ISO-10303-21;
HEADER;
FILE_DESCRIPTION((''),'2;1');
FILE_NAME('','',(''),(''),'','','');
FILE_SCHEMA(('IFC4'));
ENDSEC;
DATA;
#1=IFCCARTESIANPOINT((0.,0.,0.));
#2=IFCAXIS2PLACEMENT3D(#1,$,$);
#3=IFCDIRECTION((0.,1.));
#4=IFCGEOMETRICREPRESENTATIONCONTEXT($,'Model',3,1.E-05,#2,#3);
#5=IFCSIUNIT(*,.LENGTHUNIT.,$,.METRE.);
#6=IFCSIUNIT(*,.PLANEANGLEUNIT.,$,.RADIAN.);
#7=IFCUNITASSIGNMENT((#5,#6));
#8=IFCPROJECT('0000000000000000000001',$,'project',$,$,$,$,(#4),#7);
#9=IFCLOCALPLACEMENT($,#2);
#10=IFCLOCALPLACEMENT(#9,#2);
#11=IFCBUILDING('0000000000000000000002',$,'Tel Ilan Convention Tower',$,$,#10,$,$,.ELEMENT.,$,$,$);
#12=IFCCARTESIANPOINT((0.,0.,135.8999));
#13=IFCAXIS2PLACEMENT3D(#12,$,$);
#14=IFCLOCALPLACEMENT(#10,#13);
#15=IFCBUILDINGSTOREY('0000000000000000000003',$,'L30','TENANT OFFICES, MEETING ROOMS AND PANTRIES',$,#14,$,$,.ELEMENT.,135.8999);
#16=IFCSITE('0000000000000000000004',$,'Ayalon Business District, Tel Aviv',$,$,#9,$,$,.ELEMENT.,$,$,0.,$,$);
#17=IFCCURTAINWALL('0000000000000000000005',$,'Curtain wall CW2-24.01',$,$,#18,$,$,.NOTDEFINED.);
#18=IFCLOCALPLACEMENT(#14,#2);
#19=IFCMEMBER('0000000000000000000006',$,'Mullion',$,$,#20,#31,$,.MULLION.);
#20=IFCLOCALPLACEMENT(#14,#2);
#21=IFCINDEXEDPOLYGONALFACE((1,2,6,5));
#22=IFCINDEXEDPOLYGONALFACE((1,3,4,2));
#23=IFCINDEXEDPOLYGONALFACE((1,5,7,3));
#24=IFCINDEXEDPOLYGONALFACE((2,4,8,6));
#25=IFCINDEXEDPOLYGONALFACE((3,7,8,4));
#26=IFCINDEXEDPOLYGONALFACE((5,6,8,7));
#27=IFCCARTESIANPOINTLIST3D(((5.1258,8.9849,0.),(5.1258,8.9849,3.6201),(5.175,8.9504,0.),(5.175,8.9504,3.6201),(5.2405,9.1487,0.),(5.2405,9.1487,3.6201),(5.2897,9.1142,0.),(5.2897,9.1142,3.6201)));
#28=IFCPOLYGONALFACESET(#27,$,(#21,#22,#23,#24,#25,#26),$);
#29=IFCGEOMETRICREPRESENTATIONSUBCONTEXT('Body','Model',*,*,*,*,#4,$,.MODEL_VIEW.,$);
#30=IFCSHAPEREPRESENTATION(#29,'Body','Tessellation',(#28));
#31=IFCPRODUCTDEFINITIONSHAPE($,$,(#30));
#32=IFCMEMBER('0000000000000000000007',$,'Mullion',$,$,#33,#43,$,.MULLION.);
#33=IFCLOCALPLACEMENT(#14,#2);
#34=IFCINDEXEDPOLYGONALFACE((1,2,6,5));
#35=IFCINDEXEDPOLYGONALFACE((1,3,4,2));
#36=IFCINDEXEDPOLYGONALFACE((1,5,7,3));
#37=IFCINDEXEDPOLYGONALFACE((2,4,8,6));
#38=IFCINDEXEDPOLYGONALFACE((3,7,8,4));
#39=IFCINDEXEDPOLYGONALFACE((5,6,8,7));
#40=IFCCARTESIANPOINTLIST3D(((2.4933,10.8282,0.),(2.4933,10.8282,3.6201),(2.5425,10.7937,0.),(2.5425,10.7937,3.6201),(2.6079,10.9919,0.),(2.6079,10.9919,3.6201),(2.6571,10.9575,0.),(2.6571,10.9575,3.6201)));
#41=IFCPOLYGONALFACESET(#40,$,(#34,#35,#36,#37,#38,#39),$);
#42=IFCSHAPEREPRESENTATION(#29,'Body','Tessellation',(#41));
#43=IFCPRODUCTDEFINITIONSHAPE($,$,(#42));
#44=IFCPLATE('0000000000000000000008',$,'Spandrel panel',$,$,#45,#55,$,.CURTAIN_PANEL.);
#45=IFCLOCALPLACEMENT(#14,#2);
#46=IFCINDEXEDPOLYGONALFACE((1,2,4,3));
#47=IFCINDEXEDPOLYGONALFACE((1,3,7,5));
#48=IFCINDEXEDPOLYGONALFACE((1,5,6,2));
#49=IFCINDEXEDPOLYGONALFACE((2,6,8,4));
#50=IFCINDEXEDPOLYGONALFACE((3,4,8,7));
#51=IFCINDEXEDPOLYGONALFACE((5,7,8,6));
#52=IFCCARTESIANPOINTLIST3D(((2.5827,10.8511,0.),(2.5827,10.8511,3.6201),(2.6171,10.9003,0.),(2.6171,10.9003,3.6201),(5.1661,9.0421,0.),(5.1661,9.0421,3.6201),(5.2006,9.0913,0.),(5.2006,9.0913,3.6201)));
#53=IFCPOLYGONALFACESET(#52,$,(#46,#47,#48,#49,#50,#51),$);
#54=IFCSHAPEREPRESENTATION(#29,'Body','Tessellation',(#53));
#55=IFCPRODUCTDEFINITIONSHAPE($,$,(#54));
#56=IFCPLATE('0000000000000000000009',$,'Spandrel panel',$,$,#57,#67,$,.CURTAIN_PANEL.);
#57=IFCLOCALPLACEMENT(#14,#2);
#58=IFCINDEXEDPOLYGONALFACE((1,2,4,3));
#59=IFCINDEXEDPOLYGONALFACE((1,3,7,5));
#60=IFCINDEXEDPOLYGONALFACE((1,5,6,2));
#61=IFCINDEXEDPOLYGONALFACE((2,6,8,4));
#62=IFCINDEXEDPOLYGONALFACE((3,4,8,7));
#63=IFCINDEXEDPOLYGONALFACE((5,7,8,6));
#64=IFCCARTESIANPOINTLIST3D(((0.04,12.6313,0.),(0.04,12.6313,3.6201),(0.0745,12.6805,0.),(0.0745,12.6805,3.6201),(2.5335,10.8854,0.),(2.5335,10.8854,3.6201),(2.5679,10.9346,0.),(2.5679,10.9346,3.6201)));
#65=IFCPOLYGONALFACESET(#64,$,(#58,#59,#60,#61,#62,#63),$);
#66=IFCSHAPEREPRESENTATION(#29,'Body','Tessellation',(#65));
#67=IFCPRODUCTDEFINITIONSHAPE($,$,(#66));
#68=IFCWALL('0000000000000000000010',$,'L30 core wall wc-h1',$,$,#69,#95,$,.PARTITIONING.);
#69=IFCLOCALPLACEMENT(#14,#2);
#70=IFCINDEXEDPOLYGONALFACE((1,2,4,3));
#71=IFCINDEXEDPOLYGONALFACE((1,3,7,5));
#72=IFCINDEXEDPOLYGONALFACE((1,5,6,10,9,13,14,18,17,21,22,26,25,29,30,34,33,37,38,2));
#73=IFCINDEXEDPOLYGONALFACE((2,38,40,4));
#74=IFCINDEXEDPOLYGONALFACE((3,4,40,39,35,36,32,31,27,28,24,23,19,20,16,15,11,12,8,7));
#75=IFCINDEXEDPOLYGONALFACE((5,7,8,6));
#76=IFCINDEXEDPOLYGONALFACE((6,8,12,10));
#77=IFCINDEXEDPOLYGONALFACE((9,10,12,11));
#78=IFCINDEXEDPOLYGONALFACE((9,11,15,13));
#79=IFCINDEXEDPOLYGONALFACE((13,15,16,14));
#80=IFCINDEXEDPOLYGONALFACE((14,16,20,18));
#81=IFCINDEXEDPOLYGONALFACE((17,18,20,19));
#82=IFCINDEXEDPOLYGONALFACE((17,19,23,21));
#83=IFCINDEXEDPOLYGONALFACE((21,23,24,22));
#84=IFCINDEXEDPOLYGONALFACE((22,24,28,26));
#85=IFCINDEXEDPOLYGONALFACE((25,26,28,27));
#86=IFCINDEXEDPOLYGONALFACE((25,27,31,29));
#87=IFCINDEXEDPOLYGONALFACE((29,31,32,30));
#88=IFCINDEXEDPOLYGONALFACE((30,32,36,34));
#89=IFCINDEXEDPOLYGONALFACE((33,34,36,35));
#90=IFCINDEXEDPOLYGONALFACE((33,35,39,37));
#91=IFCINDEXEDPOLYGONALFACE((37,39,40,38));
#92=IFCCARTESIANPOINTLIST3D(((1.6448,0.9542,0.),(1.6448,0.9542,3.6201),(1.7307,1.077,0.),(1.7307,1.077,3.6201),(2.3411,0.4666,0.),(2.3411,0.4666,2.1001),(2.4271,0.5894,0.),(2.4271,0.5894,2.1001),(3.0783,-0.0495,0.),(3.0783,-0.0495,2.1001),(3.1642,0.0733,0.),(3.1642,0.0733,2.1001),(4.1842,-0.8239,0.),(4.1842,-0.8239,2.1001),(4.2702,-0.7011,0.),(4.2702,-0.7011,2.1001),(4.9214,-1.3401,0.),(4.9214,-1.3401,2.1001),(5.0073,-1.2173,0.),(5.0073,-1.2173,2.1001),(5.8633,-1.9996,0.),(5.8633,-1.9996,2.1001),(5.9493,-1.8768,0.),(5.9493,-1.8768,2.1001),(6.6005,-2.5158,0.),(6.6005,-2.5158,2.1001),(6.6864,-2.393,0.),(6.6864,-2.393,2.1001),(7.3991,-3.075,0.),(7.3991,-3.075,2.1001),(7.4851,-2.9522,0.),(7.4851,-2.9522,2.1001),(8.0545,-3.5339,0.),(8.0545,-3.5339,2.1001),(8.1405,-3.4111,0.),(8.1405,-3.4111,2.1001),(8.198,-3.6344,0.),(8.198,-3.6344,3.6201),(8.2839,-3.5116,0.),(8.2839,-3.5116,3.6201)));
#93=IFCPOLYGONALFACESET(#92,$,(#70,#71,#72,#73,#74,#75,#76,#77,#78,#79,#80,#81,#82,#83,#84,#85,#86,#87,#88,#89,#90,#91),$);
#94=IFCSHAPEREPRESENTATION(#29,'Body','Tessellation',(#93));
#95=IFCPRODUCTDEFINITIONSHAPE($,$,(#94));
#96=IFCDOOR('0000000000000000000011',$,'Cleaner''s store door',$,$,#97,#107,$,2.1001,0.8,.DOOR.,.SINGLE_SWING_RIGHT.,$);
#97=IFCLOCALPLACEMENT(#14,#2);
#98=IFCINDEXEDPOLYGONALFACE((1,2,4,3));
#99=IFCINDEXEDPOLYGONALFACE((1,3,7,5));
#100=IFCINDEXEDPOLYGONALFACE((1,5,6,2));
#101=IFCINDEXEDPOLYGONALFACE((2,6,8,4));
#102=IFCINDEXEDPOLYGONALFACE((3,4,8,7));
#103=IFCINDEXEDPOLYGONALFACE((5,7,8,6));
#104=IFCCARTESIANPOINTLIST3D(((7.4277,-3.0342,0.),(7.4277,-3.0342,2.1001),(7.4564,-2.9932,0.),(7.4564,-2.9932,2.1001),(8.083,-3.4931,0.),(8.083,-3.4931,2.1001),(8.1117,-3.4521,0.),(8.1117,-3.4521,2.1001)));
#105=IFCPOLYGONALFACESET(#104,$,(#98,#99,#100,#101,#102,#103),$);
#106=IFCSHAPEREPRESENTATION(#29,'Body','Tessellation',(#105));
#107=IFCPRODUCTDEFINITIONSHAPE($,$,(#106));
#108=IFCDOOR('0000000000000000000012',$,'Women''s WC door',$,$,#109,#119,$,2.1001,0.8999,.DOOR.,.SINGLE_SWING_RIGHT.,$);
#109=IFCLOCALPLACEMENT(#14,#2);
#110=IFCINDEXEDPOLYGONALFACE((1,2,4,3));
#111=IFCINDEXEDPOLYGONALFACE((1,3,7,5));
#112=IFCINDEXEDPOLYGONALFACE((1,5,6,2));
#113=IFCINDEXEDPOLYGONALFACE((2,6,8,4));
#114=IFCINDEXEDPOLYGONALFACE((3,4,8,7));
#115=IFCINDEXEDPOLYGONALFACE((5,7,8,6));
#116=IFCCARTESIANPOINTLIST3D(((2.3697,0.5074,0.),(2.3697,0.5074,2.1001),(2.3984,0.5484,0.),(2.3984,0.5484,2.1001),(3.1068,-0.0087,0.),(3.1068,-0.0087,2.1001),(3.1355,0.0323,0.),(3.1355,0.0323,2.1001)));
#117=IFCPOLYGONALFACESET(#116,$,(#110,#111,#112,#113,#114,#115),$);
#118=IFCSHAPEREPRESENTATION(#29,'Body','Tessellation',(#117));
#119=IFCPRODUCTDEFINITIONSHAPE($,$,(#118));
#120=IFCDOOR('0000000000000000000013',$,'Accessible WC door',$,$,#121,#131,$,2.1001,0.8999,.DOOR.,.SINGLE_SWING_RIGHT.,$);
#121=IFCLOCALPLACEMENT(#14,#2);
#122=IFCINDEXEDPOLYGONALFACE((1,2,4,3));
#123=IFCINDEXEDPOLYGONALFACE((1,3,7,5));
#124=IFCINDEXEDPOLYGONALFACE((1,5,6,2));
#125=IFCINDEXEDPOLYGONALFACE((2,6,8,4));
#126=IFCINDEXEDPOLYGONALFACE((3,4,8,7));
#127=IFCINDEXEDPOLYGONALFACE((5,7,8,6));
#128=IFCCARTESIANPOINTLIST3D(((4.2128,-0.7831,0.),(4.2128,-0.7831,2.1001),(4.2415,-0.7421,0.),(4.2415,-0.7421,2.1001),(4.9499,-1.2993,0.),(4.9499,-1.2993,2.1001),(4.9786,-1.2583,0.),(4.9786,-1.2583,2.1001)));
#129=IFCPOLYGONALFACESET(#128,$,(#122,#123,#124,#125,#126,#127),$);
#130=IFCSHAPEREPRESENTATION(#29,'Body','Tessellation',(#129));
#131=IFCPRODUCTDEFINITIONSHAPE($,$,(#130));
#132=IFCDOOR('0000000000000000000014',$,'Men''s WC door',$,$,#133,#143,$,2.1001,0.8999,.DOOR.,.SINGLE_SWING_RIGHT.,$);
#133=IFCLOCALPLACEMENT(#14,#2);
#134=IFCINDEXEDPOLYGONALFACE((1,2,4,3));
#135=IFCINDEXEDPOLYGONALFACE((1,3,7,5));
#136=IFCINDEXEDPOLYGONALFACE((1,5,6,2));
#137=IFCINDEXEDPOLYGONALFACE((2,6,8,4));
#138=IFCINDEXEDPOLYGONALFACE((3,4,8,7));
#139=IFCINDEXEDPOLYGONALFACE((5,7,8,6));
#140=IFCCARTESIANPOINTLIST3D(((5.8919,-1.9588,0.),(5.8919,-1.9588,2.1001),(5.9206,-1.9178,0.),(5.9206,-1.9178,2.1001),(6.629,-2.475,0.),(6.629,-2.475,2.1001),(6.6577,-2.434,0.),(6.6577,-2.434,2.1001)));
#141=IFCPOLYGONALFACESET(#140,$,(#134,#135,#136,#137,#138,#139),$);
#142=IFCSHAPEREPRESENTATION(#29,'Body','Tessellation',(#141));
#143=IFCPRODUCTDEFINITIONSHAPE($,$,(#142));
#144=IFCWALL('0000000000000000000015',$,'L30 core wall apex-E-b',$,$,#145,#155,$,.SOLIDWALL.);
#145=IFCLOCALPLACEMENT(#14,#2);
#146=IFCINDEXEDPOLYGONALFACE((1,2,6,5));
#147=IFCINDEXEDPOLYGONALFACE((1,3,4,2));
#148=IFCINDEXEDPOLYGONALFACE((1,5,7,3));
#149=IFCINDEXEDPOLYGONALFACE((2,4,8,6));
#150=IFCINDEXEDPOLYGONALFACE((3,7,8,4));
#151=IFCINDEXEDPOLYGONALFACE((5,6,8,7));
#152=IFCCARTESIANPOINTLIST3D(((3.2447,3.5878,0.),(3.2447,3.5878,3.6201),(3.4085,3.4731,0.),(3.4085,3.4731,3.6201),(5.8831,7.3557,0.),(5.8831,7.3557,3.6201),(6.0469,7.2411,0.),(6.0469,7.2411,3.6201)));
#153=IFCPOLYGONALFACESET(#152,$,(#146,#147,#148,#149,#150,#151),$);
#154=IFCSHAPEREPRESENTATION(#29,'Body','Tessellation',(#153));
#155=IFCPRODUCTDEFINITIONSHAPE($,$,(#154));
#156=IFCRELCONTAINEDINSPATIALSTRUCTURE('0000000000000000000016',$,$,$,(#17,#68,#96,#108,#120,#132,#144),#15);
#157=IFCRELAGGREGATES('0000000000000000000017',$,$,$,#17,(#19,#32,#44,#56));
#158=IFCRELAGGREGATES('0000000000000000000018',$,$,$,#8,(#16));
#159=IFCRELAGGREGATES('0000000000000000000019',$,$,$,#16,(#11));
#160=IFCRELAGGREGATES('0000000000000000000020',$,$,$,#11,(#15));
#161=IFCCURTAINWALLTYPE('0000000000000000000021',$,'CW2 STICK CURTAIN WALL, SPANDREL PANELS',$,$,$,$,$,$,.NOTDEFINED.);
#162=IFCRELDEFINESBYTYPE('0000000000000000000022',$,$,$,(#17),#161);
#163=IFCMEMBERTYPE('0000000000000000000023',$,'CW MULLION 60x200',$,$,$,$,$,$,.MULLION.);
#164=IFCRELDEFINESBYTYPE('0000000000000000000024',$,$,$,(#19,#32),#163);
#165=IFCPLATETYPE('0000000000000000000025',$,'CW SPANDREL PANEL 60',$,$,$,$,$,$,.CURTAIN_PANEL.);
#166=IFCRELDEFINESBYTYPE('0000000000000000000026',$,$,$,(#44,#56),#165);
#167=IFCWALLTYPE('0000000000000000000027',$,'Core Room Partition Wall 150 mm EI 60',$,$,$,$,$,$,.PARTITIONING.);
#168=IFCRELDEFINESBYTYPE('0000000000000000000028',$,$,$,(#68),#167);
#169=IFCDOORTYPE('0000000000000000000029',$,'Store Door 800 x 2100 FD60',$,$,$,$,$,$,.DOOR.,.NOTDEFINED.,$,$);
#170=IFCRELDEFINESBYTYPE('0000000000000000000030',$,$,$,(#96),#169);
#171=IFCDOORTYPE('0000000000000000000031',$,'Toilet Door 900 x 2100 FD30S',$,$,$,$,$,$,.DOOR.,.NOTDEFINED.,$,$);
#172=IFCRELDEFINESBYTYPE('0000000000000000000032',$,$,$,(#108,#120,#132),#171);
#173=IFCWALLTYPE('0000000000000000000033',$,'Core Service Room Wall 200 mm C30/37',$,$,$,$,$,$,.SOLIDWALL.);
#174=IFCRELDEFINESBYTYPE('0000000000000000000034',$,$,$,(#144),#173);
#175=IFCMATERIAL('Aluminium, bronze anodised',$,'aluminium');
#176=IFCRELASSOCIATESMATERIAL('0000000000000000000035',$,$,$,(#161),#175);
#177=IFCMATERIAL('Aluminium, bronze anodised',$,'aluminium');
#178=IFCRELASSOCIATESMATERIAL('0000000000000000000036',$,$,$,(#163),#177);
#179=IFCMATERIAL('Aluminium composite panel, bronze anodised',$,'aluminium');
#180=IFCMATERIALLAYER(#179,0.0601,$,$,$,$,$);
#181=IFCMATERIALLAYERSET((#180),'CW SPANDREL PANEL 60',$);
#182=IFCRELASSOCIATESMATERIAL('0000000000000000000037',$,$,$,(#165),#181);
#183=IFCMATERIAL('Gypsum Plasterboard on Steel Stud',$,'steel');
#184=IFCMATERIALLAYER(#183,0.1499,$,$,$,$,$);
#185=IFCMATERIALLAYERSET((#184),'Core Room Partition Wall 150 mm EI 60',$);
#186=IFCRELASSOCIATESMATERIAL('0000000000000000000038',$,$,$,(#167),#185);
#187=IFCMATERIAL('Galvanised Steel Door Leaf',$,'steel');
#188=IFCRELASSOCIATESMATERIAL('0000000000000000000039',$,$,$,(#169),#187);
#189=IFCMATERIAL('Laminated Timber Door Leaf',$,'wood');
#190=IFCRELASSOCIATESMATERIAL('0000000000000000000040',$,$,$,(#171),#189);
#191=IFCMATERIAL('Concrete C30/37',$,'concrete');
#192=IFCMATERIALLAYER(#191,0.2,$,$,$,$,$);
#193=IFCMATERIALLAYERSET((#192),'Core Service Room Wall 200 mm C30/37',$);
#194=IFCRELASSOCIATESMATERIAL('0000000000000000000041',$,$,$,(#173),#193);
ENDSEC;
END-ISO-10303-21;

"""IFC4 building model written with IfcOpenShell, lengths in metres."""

from ifc_helpers import new_model, si_unit, direction, frame, frame_2d, origin, origin_2d, place, context, subcontext, project, spatial, rectangle, extrude, material, layer, layer_set, material_profile, profile_set, type_object, element, fill, aggregate, save


model = new_model("IFC4")

# Units and contexts
model_context = context("Model", 3, precision=1e-05, world=origin(), true_north=direction((0.0, 1.0)))
body_context = subcontext(model_context, "Body", "Model", "MODEL_VIEW")
ifc_project = project(units=[si_unit("LENGTHUNIT", "METRE"), si_unit("PLANEANGLEUNIT", "RADIAN")], contexts=[model_context])

# Site, building, storey
site_placement = place(None, origin())
site = spatial("IfcSite", under=ifc_project, at=site_placement, Name="Ayalon Business District, Tel Aviv", CompositionType="ELEMENT", RefElevation=0.0)
building_placement = place(site_placement, origin())
building = spatial("IfcBuilding", under=site, at=building_placement, Name="Tel Ilan Convention Tower", CompositionType="ELEMENT")
storey_placement = place(building_placement, frame((0.0, 0.0, 135.8999)))
storey = spatial("IfcBuildingStorey", under=building, at=storey_placement, Name="L30", Description="TENANT OFFICES, MEETING ROOMS AND PANTRIES", CompositionType="ELEMENT", Elevation=135.8999)

# Curtain wall, members, plates
ifc_material_1 = material(Name="Aluminium, bronze anodised", Category="aluminium")
curtain_wall_type = type_object("IfcCurtainWallType", Name="CW2 STICK CURTAIN WALL, SPANDREL PANELS", PredefinedType="NOTDEFINED", material=ifc_material_1)
curtain_wall_placement = place(storey_placement, origin())
curtain_wall = element("IfcCurtainWall", 1, at=curtain_wall_placement, inside=storey, type_object=curtain_wall_type, Name="Curtain wall CW2-24.01", PredefinedType="NOTDEFINED")
ifc_material_2 = material(Name="Aluminium, bronze anodised", Category="aluminium")
ifc_material_profile = material_profile(ifc_material_2, rectangle(XDim=0.0601, YDim=0.2, at=origin_2d()), Name="CW MULLION 60x200")
ifc_profile_set = profile_set([ifc_material_profile], Name="Aluminium, bronze anodised")
member_type = type_object("IfcMemberType", Name="CW MULLION 60x200", PredefinedType="MULLION", material=ifc_profile_set)
member_1_placement = place(storey_placement, frame((5.2078, 9.0496, 0.0), z_axis=(0.0, 0.0, 1.0), x_axis=(-0.819152, 0.573576, 0.0)))
member_1 = element("IfcMember", 2, at=member_1_placement, type_object=member_type, Name="Mullion", PredefinedType="MULLION", context=body_context, shape_type="SweptSolid", body=[
    extrude(rectangle(XDim=0.0601, YDim=0.2, at=origin_2d()), origin(), (0.0, 0.0, 1.0), 3.6201),
])
member_2_placement = place(storey_placement, frame((2.5752, 10.8928, 0.0), z_axis=(0.0, 0.0, 1.0), x_axis=(-0.819152, 0.573576, 0.0)))
member_2 = element("IfcMember", 3, at=member_2_placement, type_object=member_type, Name="Mullion", PredefinedType="MULLION", context=body_context, shape_type="SweptSolid", body=[
    extrude(rectangle(XDim=0.0601, YDim=0.2, at=origin_2d()), origin(), (0.0, 0.0, 1.0), 3.6201),
])
ifc_material_3 = material(Name="Aluminium composite panel, bronze anodised", Category="aluminium")
ifc_layer_1 = layer(ifc_material_3, 0.0601)
ifc_layer_set_1 = layer_set([ifc_layer_1], Name="CW SPANDREL PANEL 60")
plate_type = type_object("IfcPlateType", Name="CW SPANDREL PANEL 60", PredefinedType="CURTAIN_PANEL", material=ifc_layer_set_1)
plate_1_placement = place(storey_placement, frame((3.8916, 9.9712, 0.0), z_axis=(0.0, 0.0, 1.0), x_axis=(-0.819152, 0.573576, 0.0)))
plate_1 = element("IfcPlate", 4, at=plate_1_placement, type_object=plate_type, Name="Spandrel panel", PredefinedType="CURTAIN_PANEL", context=body_context, shape_type="SweptSolid", body=[
    extrude(rectangle(XDim=3.1538, YDim=0.0601, at=origin_2d()), origin(), (0.0, 0.0, 1.0), 3.6201),
])
plate_2_placement = place(storey_placement, frame((1.304, 11.783, 0.0), z_axis=(0.0, 0.0, 1.0), x_axis=(-0.819152, 0.573576, 0.0)))
plate_2 = element("IfcPlate", 5, at=plate_2_placement, type_object=plate_type, Name="Spandrel panel", PredefinedType="CURTAIN_PANEL", context=body_context, shape_type="SweptSolid", body=[
    extrude(rectangle(XDim=3.0439, YDim=0.0601, at=origin_2d()), origin(), (0.0, 0.0, 1.0), 3.6201),
])
aggregate(curtain_wall, [member_1, member_2, plate_1, plate_2])

# Wall, openings, doors
ifc_material_4 = material(Name="Gypsum Plasterboard on Steel Stud", Category="steel")
ifc_layer_2 = layer(ifc_material_4, 0.1499)
ifc_layer_set_2 = layer_set([ifc_layer_2], Name="Core Room Partition Wall 150 mm EI 60")
wall_type_1 = type_object("IfcWallType", Name="Core Room Partition Wall 150 mm EI 60", PredefinedType="PARTITIONING", material=ifc_layer_set_2)
wall_1_placement = place(storey_placement, frame((1.6877, 1.0156, 0.0), z_axis=(0.0, 0.0, 1.0), x_axis=(0.819152, -0.573577, 0.0)))
wall_1 = element("IfcWall", 6, at=wall_1_placement, inside=storey, type_object=wall_type_1, Name="L30 core wall wc-h1", PredefinedType="PARTITIONING", context=body_context, shape_type="SweptSolid", body=[
    extrude(rectangle(XDim=8.0, YDim=0.1499, at=frame_2d((4.0, 0.0))), origin(), (0.0, 0.0, 1.0), 3.6201),
])
opening_1_placement = place(wall_1_placement, frame((0.8501, 0.0, 0.0)))
opening_1 = element("IfcOpeningElement", 7, at=opening_1_placement, cuts=wall_1, PredefinedType="OPENING", context=body_context, shape_type="SweptSolid", body=[
    extrude(rectangle(XDim=0.8999, YDim=2.1001, at=frame_2d((0.45, 1.05))), frame((0.0, 0.085, 0.0), z_axis=(0.0, -1.0, 0.0), x_axis=(1.0, 0.0, 0.0)), (0.0, 0.0, 1.0), 0.1699),
])
opening_2_placement = place(wall_1_placement, frame((3.1001, 0.0, 0.0)))
opening_2 = element("IfcOpeningElement", 8, at=opening_2_placement, cuts=wall_1, PredefinedType="OPENING", context=body_context, shape_type="SweptSolid", body=[
    extrude(rectangle(XDim=0.8999, YDim=2.1001, at=frame_2d((0.45, 1.05))), frame((0.0, 0.085, 0.0), z_axis=(0.0, -1.0, 0.0), x_axis=(1.0, 0.0, 0.0)), (0.0, 0.0, 1.0), 0.1699),
])
opening_3_placement = place(wall_1_placement, frame((5.1499, 0.0, 0.0)))
opening_3 = element("IfcOpeningElement", 9, at=opening_3_placement, cuts=wall_1, PredefinedType="OPENING", context=body_context, shape_type="SweptSolid", body=[
    extrude(rectangle(XDim=0.8999, YDim=2.1001, at=frame_2d((0.45, 1.05))), frame((0.0, 0.085, 0.0), z_axis=(0.0, -1.0, 0.0), x_axis=(1.0, 0.0, 0.0)), (0.0, 0.0, 1.0), 0.1699),
])
opening_4_placement = place(wall_1_placement, frame((7.0249, 0.0, 0.0)))
opening_4 = element("IfcOpeningElement", 10, at=opening_4_placement, cuts=wall_1, PredefinedType="OPENING", context=body_context, shape_type="SweptSolid", body=[
    extrude(rectangle(XDim=0.8, YDim=2.1001, at=frame_2d((0.3999, 1.05))), frame((0.0, 0.085, 0.0), z_axis=(0.0, -1.0, 0.0), x_axis=(1.0, 0.0, 0.0)), (0.0, 0.0, 1.0), 0.1699),
])
ifc_material_5 = material(Name="Galvanised Steel Door Leaf", Category="steel")
door_type_1 = type_object("IfcDoorType", Name="Store Door 800 x 2100 FD60", OperationType="NOTDEFINED", PredefinedType="DOOR", material=ifc_material_5)
door_1_placement = place(opening_4_placement, origin())
door_1 = element("IfcDoor", 11, at=door_1_placement, inside=storey, type_object=door_type_1, Name="Cleaner's store door", OperationType="SINGLE_SWING_RIGHT", OverallHeight=2.1001, OverallWidth=0.8, PredefinedType="DOOR", context=body_context, shape_type="SweptSolid", body=[
    extrude(rectangle(XDim=0.8, YDim=2.1001, at=frame_2d((0.3999, 1.05))), frame((0.0, 0.0249, 0.0), z_axis=(0.0, -1.0, 0.0), x_axis=(1.0, 0.0, 0.0)), (0.0, 0.0, 1.0), 0.05),
])
fill(opening_4, door_1)
ifc_material_6 = material(Name="Laminated Timber Door Leaf", Category="wood")
door_type_2 = type_object("IfcDoorType", Name="Toilet Door 900 x 2100 FD30S", OperationType="NOTDEFINED", PredefinedType="DOOR", material=ifc_material_6)
door_2_placement = place(opening_1_placement, origin())
door_2 = element("IfcDoor", 12, at=door_2_placement, inside=storey, type_object=door_type_2, Name="Women's WC door", OperationType="SINGLE_SWING_RIGHT", OverallHeight=2.1001, OverallWidth=0.8999, PredefinedType="DOOR", context=body_context, shape_type="SweptSolid", body=[
    extrude(rectangle(XDim=0.8999, YDim=2.1001, at=frame_2d((0.45, 1.05))), frame((0.0, 0.0249, 0.0), z_axis=(0.0, -1.0, 0.0), x_axis=(1.0, 0.0, 0.0)), (0.0, 0.0, 1.0), 0.05),
])
fill(opening_1, door_2)
door_3_placement = place(opening_2_placement, origin())
door_3 = element("IfcDoor", 13, at=door_3_placement, inside=storey, type_object=door_type_2, Name="Accessible WC door", OperationType="SINGLE_SWING_RIGHT", OverallHeight=2.1001, OverallWidth=0.8999, PredefinedType="DOOR", context=body_context, shape_type="SweptSolid", body=[
    extrude(rectangle(XDim=0.8999, YDim=2.1001, at=frame_2d((0.45, 1.05))), frame((0.0, 0.0249, 0.0), z_axis=(0.0, -1.0, 0.0), x_axis=(1.0, 0.0, 0.0)), (0.0, 0.0, 1.0), 0.05),
])
fill(opening_2, door_3)
door_4_placement = place(opening_3_placement, origin())
door_4 = element("IfcDoor", 14, at=door_4_placement, inside=storey, type_object=door_type_2, Name="Men's WC door", OperationType="SINGLE_SWING_RIGHT", OverallHeight=2.1001, OverallWidth=0.8999, PredefinedType="DOOR", context=body_context, shape_type="SweptSolid", body=[
    extrude(rectangle(XDim=0.8999, YDim=2.1001, at=frame_2d((0.45, 1.05))), frame((0.0, 0.0249, 0.0), z_axis=(0.0, -1.0, 0.0), x_axis=(1.0, 0.0, 0.0)), (0.0, 0.0, 1.0), 0.05),
])
fill(opening_3, door_4)

# Wall
ifc_material_7 = material(Name="Concrete C30/37", Category="concrete")
ifc_layer_3 = layer(ifc_material_7, 0.2)
ifc_layer_set_3 = layer_set([ifc_layer_3], Name="Core Service Room Wall 200 mm C30/37")
wall_type_2 = type_object("IfcWallType", Name="Core Service Room Wall 200 mm C30/37", PredefinedType="SOLIDWALL", material=ifc_layer_set_3)
wall_2_placement = place(storey_placement, frame((3.3267, 3.5305, 0.0), z_axis=(0.0, 0.0, 1.0), x_axis=(0.573576, 0.819152, 0.0)))
element("IfcWall", 15, at=wall_2_placement, inside=storey, type_object=wall_type_2, Name="L30 core wall apex-E-b", PredefinedType="SOLIDWALL", context=body_context, shape_type="SweptSolid", body=[
    extrude(rectangle(XDim=4.5999, YDim=0.2, at=frame_2d((2.2998, 0.0))), origin(), (0.0, 0.0, 1.0), 3.6201),
])

save(model, "model.ifc")
